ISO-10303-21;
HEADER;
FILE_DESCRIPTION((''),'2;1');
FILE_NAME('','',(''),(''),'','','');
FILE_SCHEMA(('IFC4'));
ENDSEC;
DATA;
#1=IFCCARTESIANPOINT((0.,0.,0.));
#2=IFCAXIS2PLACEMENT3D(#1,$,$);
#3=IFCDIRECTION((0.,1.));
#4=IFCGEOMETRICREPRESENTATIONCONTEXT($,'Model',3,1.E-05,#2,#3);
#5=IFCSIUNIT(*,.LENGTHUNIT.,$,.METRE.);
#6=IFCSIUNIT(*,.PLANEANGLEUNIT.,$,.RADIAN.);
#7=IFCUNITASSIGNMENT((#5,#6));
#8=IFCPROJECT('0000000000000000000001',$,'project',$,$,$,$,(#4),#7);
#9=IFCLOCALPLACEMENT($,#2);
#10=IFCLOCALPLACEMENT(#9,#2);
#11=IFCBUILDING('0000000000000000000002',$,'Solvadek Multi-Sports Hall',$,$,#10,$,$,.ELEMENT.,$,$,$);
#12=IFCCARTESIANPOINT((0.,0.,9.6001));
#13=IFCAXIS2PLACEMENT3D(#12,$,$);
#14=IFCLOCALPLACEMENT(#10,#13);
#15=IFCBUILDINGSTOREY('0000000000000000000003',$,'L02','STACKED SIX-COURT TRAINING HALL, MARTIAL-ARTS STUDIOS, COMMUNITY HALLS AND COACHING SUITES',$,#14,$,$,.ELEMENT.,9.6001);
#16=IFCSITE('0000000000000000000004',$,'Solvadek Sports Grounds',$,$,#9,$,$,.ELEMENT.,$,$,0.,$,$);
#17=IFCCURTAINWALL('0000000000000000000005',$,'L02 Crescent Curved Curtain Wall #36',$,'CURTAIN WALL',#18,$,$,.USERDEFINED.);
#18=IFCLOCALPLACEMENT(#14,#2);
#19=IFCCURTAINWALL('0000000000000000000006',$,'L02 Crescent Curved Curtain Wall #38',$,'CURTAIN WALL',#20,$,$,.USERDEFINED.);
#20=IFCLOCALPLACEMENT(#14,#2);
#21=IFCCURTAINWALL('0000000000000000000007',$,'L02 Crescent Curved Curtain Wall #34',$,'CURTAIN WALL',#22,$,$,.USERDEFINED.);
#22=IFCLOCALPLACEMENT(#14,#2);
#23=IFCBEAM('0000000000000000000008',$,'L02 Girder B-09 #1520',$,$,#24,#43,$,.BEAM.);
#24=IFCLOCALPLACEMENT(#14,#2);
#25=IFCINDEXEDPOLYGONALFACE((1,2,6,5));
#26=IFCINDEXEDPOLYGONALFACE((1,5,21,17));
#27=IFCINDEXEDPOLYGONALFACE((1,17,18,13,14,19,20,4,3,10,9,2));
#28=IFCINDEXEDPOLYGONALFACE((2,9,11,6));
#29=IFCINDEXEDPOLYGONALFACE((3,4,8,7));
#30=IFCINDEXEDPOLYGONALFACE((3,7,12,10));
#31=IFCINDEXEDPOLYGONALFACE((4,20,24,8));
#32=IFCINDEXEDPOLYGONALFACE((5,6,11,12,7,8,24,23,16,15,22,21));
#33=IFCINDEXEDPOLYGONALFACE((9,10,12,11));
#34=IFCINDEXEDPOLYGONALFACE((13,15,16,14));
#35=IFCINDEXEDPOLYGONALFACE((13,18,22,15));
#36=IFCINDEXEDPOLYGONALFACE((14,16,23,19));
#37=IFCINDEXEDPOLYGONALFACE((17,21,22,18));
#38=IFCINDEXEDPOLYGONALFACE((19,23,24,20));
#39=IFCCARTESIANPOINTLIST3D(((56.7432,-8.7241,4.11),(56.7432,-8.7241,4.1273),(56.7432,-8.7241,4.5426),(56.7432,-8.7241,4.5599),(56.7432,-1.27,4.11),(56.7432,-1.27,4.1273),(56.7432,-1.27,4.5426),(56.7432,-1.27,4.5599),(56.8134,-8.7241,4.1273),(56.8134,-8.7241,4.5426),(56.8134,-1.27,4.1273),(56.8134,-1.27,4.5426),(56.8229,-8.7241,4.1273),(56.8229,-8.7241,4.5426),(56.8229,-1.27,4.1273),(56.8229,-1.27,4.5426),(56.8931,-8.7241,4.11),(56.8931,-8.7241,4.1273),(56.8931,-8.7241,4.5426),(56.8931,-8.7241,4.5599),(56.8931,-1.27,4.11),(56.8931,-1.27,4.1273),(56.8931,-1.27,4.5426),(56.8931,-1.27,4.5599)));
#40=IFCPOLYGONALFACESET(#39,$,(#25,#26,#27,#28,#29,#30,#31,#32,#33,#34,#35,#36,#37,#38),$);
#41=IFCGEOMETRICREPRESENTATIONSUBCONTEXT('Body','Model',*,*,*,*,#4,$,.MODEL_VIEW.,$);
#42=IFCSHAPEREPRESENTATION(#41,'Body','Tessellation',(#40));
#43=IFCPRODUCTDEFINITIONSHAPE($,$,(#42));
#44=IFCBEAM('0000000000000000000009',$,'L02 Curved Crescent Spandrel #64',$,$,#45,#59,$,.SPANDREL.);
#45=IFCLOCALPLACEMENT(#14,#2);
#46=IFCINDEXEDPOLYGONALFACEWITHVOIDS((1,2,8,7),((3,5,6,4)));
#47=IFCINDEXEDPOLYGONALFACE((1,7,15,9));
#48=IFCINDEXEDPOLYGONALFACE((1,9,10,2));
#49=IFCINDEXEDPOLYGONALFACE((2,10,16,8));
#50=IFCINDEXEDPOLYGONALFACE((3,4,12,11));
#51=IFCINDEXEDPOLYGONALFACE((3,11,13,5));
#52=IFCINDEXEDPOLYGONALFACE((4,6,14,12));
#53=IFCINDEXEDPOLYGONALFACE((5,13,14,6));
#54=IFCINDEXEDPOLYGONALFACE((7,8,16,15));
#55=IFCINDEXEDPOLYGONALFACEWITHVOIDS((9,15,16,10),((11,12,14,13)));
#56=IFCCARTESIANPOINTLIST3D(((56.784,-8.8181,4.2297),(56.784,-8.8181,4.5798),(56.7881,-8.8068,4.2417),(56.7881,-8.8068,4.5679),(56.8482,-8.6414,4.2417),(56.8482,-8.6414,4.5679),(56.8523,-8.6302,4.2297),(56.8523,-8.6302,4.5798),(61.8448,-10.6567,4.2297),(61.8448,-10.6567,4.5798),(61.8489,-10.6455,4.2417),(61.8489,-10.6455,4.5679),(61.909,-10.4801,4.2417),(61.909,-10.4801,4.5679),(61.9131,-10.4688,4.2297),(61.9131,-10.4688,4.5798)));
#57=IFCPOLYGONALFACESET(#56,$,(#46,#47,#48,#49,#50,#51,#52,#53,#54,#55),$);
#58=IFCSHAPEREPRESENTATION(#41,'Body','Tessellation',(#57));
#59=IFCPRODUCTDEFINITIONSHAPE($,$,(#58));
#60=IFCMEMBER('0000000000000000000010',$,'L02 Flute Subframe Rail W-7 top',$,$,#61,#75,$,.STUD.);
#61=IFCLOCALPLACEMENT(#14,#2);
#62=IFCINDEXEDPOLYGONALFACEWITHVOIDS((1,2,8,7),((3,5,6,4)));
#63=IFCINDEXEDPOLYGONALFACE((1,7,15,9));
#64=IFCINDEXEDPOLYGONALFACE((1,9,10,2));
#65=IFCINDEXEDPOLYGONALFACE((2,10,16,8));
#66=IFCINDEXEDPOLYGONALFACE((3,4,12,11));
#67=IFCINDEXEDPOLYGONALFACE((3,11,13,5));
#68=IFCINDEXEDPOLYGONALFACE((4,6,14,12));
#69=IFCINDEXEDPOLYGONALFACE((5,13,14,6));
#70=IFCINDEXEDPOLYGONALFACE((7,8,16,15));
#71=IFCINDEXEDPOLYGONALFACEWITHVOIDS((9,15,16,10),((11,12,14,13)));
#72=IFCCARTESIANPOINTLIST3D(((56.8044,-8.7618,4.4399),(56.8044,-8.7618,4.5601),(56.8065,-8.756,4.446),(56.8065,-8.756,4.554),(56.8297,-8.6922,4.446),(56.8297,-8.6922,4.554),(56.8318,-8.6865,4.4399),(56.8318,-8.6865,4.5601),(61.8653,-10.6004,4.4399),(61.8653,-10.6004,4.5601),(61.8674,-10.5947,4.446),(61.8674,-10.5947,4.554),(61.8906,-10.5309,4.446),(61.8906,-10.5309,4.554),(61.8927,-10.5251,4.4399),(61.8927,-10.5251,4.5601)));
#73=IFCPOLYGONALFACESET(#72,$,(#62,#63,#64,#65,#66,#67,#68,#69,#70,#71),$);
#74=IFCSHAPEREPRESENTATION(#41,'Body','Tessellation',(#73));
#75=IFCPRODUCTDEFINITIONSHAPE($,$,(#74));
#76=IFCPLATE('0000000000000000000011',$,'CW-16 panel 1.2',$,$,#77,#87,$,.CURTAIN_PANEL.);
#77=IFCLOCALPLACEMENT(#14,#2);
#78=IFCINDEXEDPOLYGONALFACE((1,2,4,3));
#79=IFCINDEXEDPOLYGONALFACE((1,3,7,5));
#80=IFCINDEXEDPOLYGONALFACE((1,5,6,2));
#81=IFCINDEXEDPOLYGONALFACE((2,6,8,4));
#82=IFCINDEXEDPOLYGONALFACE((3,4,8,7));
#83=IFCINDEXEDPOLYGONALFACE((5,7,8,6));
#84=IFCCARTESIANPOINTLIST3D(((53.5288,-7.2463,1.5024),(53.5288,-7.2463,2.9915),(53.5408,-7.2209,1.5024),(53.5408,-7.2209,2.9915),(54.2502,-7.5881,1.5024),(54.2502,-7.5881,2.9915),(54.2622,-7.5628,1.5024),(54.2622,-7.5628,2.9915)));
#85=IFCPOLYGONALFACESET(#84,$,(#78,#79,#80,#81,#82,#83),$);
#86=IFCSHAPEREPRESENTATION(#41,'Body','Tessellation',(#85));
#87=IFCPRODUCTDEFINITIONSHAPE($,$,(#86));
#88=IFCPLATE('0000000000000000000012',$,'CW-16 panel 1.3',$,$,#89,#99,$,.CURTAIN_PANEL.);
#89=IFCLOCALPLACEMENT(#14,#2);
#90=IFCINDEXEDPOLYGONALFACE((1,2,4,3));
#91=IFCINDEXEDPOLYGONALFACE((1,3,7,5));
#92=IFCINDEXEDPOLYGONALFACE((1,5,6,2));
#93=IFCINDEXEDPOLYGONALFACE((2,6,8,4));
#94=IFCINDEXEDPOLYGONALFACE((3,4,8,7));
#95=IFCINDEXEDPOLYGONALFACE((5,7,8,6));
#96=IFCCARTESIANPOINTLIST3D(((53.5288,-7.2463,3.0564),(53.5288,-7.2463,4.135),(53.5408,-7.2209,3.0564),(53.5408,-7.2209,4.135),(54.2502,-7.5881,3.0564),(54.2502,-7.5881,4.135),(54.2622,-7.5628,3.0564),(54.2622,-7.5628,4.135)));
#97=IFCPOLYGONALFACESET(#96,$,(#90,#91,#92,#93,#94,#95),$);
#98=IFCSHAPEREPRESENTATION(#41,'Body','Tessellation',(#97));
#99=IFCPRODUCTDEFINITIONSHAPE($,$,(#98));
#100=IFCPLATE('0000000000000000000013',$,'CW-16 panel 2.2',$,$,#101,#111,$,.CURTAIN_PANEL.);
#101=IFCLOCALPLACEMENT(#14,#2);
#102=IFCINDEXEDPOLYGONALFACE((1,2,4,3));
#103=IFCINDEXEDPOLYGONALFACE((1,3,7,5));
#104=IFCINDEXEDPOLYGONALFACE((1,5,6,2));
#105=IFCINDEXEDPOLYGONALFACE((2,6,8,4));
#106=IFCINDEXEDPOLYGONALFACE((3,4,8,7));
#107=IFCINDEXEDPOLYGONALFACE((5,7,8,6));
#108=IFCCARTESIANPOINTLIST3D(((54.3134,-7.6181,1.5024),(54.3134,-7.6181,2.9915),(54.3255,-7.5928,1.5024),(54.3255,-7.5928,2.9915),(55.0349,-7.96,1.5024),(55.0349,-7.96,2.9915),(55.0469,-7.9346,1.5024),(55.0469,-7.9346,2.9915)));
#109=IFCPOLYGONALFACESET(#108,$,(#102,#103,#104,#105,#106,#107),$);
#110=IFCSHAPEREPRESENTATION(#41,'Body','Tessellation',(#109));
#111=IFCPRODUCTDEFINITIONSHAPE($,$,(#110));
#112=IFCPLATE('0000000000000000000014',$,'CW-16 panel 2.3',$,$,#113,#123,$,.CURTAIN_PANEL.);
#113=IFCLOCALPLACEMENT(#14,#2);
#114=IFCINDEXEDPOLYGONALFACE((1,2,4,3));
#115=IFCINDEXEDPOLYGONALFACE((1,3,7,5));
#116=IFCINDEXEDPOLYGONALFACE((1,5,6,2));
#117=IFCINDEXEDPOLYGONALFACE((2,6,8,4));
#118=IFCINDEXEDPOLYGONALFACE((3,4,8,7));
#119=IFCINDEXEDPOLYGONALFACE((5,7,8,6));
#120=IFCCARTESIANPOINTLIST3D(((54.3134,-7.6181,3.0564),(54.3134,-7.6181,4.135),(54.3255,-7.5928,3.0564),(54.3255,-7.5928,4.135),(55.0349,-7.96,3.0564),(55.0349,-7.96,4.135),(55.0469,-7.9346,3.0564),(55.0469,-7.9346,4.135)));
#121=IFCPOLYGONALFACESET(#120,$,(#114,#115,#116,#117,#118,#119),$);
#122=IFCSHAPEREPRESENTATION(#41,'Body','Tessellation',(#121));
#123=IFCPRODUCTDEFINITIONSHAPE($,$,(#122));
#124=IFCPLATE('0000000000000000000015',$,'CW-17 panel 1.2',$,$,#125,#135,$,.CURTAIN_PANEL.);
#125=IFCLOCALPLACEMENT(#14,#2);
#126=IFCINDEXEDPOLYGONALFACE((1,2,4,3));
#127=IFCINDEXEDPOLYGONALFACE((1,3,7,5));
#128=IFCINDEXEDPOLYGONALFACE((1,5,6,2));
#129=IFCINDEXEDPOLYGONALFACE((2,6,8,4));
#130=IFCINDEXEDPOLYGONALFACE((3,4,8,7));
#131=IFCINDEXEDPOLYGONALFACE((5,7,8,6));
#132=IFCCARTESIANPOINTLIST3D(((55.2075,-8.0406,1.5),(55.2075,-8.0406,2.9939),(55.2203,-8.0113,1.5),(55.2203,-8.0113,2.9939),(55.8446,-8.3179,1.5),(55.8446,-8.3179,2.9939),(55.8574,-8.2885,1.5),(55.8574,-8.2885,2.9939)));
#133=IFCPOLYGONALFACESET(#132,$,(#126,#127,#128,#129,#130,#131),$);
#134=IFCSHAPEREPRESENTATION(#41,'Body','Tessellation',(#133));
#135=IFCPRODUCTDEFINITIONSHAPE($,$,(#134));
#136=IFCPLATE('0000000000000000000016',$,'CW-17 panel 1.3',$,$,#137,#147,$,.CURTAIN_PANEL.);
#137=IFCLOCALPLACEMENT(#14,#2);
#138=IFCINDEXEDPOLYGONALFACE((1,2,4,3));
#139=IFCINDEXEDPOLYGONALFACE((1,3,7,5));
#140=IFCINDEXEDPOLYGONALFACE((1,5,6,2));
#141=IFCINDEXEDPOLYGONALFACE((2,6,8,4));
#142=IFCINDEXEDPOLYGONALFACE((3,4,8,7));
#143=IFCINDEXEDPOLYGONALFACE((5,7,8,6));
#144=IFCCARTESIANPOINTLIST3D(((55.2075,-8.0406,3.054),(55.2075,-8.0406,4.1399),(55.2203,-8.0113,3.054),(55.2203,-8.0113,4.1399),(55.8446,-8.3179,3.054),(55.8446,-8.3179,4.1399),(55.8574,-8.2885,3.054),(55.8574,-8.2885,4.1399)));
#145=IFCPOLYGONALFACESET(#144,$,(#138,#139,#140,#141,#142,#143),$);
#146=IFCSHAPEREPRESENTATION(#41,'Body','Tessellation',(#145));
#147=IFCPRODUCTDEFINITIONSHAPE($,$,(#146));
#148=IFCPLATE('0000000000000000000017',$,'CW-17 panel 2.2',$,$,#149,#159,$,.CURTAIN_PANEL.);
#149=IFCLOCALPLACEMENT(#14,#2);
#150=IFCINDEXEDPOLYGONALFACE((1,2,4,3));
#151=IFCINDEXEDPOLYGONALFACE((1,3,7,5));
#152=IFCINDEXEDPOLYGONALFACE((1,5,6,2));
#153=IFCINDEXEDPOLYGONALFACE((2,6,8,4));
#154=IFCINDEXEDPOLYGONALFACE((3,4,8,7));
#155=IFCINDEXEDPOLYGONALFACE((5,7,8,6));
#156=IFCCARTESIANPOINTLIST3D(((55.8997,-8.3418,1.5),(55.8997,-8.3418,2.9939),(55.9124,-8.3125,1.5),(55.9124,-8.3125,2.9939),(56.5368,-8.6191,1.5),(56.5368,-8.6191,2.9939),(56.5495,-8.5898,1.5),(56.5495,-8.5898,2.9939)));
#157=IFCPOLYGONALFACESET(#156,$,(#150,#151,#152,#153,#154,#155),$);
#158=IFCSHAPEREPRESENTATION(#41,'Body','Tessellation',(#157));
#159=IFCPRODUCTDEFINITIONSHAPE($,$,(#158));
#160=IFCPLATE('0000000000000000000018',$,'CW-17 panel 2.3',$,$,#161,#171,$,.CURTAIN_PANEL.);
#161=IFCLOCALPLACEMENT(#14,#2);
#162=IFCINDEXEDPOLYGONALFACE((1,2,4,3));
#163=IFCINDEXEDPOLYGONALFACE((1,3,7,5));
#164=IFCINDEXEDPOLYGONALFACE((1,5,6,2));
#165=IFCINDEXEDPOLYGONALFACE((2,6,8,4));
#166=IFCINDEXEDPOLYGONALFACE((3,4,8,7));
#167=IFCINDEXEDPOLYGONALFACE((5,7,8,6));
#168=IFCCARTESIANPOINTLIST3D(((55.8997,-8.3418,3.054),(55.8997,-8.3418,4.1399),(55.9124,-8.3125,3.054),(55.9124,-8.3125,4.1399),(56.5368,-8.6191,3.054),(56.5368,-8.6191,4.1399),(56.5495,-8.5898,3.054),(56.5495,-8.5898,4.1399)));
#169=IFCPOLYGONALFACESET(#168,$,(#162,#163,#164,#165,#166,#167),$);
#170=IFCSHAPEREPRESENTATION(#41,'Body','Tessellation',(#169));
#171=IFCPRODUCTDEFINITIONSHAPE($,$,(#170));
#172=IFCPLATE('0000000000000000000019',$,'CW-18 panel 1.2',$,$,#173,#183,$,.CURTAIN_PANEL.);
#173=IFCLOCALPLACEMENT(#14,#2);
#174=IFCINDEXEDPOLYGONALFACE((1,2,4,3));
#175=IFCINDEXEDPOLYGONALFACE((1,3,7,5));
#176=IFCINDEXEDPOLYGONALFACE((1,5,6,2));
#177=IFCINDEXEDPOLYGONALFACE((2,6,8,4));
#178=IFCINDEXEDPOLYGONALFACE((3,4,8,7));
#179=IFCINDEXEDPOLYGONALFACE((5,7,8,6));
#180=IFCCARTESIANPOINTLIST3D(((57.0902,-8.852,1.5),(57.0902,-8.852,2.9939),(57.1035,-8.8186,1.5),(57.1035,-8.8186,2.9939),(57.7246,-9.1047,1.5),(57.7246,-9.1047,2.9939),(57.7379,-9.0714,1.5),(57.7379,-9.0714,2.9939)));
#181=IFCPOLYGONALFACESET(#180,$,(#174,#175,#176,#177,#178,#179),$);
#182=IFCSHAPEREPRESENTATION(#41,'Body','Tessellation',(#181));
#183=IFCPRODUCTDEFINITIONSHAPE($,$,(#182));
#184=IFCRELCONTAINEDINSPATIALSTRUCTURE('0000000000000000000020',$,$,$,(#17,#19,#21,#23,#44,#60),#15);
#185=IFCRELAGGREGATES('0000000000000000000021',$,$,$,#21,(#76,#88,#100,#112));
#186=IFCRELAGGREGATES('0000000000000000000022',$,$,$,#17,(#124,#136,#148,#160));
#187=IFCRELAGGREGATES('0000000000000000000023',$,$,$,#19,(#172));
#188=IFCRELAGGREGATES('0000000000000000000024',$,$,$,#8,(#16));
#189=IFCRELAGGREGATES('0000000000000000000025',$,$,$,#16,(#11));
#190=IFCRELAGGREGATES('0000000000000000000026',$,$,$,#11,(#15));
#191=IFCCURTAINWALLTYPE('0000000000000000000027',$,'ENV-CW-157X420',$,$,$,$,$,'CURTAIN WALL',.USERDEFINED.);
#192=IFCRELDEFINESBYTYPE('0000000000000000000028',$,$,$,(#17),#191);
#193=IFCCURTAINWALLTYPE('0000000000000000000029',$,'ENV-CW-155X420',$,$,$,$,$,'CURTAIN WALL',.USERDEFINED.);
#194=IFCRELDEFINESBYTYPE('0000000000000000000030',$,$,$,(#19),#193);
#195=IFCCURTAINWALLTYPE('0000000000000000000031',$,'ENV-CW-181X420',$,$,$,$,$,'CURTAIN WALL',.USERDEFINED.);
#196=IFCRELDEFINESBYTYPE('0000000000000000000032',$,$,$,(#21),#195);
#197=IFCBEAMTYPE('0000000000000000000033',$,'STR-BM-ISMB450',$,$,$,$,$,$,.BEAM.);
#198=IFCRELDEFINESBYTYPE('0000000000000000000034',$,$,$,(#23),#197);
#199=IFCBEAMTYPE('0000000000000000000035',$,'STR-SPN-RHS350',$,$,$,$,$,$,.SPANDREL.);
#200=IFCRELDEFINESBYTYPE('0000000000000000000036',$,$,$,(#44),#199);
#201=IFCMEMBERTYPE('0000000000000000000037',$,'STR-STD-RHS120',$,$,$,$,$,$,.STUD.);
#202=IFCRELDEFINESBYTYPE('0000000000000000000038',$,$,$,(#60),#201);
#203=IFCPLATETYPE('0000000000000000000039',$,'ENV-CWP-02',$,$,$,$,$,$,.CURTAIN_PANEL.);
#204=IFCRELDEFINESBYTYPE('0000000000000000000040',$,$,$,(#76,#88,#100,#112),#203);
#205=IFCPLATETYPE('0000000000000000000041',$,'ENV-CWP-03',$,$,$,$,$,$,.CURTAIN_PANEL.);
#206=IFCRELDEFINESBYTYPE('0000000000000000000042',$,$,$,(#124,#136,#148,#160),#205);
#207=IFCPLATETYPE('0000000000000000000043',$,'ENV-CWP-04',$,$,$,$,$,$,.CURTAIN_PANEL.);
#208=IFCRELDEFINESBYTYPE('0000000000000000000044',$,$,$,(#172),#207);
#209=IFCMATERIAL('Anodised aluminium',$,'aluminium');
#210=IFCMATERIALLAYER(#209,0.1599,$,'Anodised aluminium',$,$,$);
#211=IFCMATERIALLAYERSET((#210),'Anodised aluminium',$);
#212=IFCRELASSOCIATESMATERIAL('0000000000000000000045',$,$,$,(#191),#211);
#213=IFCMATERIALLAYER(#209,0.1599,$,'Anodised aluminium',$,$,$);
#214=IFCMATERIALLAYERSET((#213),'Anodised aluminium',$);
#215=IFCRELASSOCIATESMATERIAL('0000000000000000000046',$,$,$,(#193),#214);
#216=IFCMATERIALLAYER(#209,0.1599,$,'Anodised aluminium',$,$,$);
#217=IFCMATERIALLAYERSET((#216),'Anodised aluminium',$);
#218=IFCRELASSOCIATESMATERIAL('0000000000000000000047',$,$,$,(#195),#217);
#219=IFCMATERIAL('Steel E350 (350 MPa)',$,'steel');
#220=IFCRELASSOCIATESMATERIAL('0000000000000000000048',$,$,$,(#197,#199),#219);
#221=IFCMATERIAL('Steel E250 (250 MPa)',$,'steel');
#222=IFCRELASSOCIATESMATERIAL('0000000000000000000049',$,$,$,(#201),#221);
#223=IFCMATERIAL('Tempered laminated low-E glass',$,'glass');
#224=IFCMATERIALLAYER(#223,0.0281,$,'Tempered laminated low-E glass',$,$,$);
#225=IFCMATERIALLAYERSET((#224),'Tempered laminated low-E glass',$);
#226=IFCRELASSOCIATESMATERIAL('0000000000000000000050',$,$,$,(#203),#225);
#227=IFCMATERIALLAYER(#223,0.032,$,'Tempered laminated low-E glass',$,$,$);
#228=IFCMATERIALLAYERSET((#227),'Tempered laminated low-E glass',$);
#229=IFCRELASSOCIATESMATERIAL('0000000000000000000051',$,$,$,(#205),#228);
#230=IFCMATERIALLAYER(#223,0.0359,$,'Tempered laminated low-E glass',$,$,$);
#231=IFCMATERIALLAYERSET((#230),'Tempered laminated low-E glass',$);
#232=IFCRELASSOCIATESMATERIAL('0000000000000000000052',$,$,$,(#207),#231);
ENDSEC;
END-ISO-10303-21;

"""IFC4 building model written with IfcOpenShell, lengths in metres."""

from ifc_helpers import new_model, si_unit, direction, frame, origin, origin_2d, place, context, subcontext, project, spatial, rectangle, hollow_rectangle, i_section, extrude, material, layer, layer_set, material_profile, profile_set, type_object, element, aggregate, save


model = new_model("IFC4")

# Units and contexts
model_context = context("Model", 3, precision=1e-05, world=origin(), true_north=direction((0.0, 1.0)))
body_context = subcontext(model_context, "Body", "Model", "MODEL_VIEW")
ifc_project = project(units=[si_unit("LENGTHUNIT", "METRE"), si_unit("PLANEANGLEUNIT", "RADIAN")], contexts=[model_context])

# Site, building, storey
site_placement = place(None, origin())
site = spatial("IfcSite", under=ifc_project, at=site_placement, Name="Solvadek Sports Grounds", CompositionType="ELEMENT", RefElevation=0.0)
building_placement = place(site_placement, origin())
building = spatial("IfcBuilding", under=site, at=building_placement, Name="Solvadek Multi-Sports Hall", CompositionType="ELEMENT")
storey_placement = place(building_placement, frame((0.0, 0.0, 9.6001)))
storey = spatial("IfcBuildingStorey", under=building, at=storey_placement, Name="L02", Description="STACKED SIX-COURT TRAINING HALL, MARTIAL-ARTS STUDIOS, COMMUNITY HALLS AND COACHING SUITES", CompositionType="ELEMENT", Elevation=9.6001)

# Curtain walls
ifc_material_1 = material(Name="Anodised aluminium", Category="aluminium")
ifc_layer_1 = layer(ifc_material_1, 0.1599, Name="Anodised aluminium")
ifc_layer_set_1 = layer_set([ifc_layer_1], Name="Anodised aluminium")
curtain_wall_type_1 = type_object("IfcCurtainWallType", Name="ENV-CW-157X420", ElementType="CURTAIN WALL", PredefinedType="USERDEFINED", material=ifc_layer_set_1)
curtain_wall_1_placement = place(storey_placement, origin())
curtain_wall_1 = element("IfcCurtainWall", 1, at=curtain_wall_1_placement, inside=storey, type_object=curtain_wall_type_1, Name="L02 Crescent Curved Curtain Wall #36", ObjectType="CURTAIN WALL", PredefinedType="USERDEFINED")
ifc_layer_2 = layer(ifc_material_1, 0.1599, Name="Anodised aluminium")
ifc_layer_set_2 = layer_set([ifc_layer_2], Name="Anodised aluminium")
curtain_wall_type_2 = type_object("IfcCurtainWallType", Name="ENV-CW-155X420", ElementType="CURTAIN WALL", PredefinedType="USERDEFINED", material=ifc_layer_set_2)
curtain_wall_2_placement = place(storey_placement, origin())
curtain_wall_2 = element("IfcCurtainWall", 2, at=curtain_wall_2_placement, inside=storey, type_object=curtain_wall_type_2, Name="L02 Crescent Curved Curtain Wall #38", ObjectType="CURTAIN WALL", PredefinedType="USERDEFINED")
ifc_layer_3 = layer(ifc_material_1, 0.1599, Name="Anodised aluminium")
ifc_layer_set_3 = layer_set([ifc_layer_3], Name="Anodised aluminium")
curtain_wall_type_3 = type_object("IfcCurtainWallType", Name="ENV-CW-181X420", ElementType="CURTAIN WALL", PredefinedType="USERDEFINED", material=ifc_layer_set_3)
curtain_wall_3_placement = place(storey_placement, origin())
curtain_wall_3 = element("IfcCurtainWall", 3, at=curtain_wall_3_placement, inside=storey, type_object=curtain_wall_type_3, Name="L02 Crescent Curved Curtain Wall #34", ObjectType="CURTAIN WALL", PredefinedType="USERDEFINED")

# Beams
ifc_material_2 = material(Name="Steel E350 (350 MPa)", Category="steel")
ifc_material_profile_1 = material_profile(ifc_material_2, i_section(OverallWidth=0.1499, OverallDepth=0.45, WebThickness=0.0095, FlangeThickness=0.0173, at=origin_2d()), Name="ISMB 450")
ifc_profile_set_1 = profile_set([ifc_material_profile_1], Name="Steel E350 (350 MPa)")
beam_type_1 = type_object("IfcBeamType", Name="STR-BM-ISMB450", PredefinedType="BEAM", material=ifc_profile_set_1)
beam_1_placement = place(storey_placement, frame((56.8181, -8.7241, 4.335), z_axis=(0.0, 1.0, 0.0), x_axis=(-1.0, 0.0, 0.0)))
element("IfcBeam", 4, at=beam_1_placement, inside=storey, type_object=beam_type_1, Name="L02 Girder B-09 #1520", PredefinedType="BEAM", context=body_context, shape_type="SweptSolid", body=[
    extrude(i_section(OverallWidth=0.1499, OverallDepth=0.45, WebThickness=0.0095, FlangeThickness=0.0173, at=origin_2d()), origin(), (0.0, 0.0, 1.0), 7.4541),
])
ifc_material_profile_2 = material_profile(ifc_material_2, hollow_rectangle(XDim=0.2, YDim=0.3501, WallThickness=0.012, at=origin_2d()), Name="RHS 350x200x12")
ifc_profile_set_2 = profile_set([ifc_material_profile_2], Name="Steel E350 (350 MPa)")
beam_type_2 = type_object("IfcBeamType", Name="STR-SPN-RHS350", PredefinedType="SPANDREL", material=ifc_profile_set_2)
beam_2_placement = place(storey_placement, frame((56.8181, -8.7241, 4.4048), z_axis=(0.939893, -0.34147, 0.0), x_axis=(0.34147, 0.939893, 0.0)))
element("IfcBeam", 5, at=beam_2_placement, inside=storey, type_object=beam_type_2, Name="L02 Curved Crescent Spandrel #64", PredefinedType="SPANDREL", context=body_context, shape_type="SweptSolid", body=[
    extrude(hollow_rectangle(XDim=0.2, YDim=0.3501, WallThickness=0.012, at=origin_2d()), origin(), (0.0, 0.0, 1.0), 5.3845),
])

# Member
ifc_material_3 = material(Name="Steel E250 (250 MPa)", Category="steel")
ifc_material_profile_3 = material_profile(ifc_material_3, hollow_rectangle(XDim=0.0801, YDim=0.1201, WallThickness=0.0061, at=origin_2d()), Name="RHS 120x80x6")
ifc_profile_set_3 = profile_set([ifc_material_profile_3], Name="Steel E250 (250 MPa)")
member_type_1 = type_object("IfcMemberType", Name="STR-STD-RHS120", PredefinedType="STUD", material=ifc_profile_set_3)
member_1_placement = place(storey_placement, frame((56.8181, -8.7241, 4.5), z_axis=(0.939893, -0.34147, 0.0), x_axis=(0.34147, 0.939893, 0.0)))
element("IfcMember", 6, at=member_1_placement, inside=storey, type_object=member_type_1, Name="L02 Flute Subframe Rail W-7 top", PredefinedType="STUD", context=body_context, shape_type="SweptSolid", body=[
    extrude(hollow_rectangle(XDim=0.0801, YDim=0.1201, WallThickness=0.0061, at=origin_2d()), origin(), (0.0, 0.0, 1.0), 5.3845),
])

# Plates
ifc_material_4 = material(Name="Tempered laminated low-E glass", Category="glass")
ifc_layer_4 = layer(ifc_material_4, 0.0281, Name="Tempered laminated low-E glass")
ifc_layer_set_4 = layer_set([ifc_layer_4], Name="Tempered laminated low-E glass")
plate_type_1 = type_object("IfcPlateType", Name="ENV-CWP-02", PredefinedType="CURTAIN_PANEL", material=ifc_layer_set_4)
plate_1_placement = place(storey_placement, frame((53.8955, -7.4045, 1.5024), z_axis=(0.0, 0.0, 1.0), x_axis=(0.903703, -0.42816, 0.0)))
plate_1 = element("IfcPlate", 7, at=plate_1_placement, type_object=plate_type_1, Name="CW-16 panel 1.2", PredefinedType="CURTAIN_PANEL", context=body_context, shape_type="SweptSolid", body=[
    extrude(rectangle(XDim=0.7983, YDim=0.0281, at=origin_2d()), origin(), (0.0, 0.0, 1.0), 1.489),
])
plate_2_placement = place(storey_placement, frame((53.8955, -7.4045, 3.0564), z_axis=(0.0, 0.0, 1.0), x_axis=(0.903703, -0.42816, 0.0)))
plate_2 = element("IfcPlate", 8, at=plate_2_placement, type_object=plate_type_1, Name="CW-16 panel 1.3", PredefinedType="CURTAIN_PANEL", context=body_context, shape_type="SweptSolid", body=[
    extrude(rectangle(XDim=0.7983, YDim=0.0281, at=origin_2d()), origin(), (0.0, 0.0, 1.0), 1.0786),
])
plate_3_placement = place(storey_placement, frame((54.6802, -7.7764, 1.5024), z_axis=(0.0, 0.0, 1.0), x_axis=(0.903703, -0.42816, 0.0)))
plate_3 = element("IfcPlate", 9, at=plate_3_placement, type_object=plate_type_1, Name="CW-16 panel 2.2", PredefinedType="CURTAIN_PANEL", context=body_context, shape_type="SweptSolid", body=[
    extrude(rectangle(XDim=0.7983, YDim=0.0281, at=origin_2d()), origin(), (0.0, 0.0, 1.0), 1.489),
])
plate_4_placement = place(storey_placement, frame((54.6802, -7.7764, 3.0564), z_axis=(0.0, 0.0, 1.0), x_axis=(0.903703, -0.42816, 0.0)))
plate_4 = element("IfcPlate", 10, at=plate_4_placement, type_object=plate_type_1, Name="CW-16 panel 2.3", PredefinedType="CURTAIN_PANEL", context=body_context, shape_type="SweptSolid", body=[
    extrude(rectangle(XDim=0.7983, YDim=0.0281, at=origin_2d()), origin(), (0.0, 0.0, 1.0), 1.0786),
])
aggregate(curtain_wall_3, [plate_1, plate_2, plate_3, plate_4])
ifc_layer_5 = layer(ifc_material_4, 0.032, Name="Tempered laminated low-E glass")
ifc_layer_set_5 = layer_set([ifc_layer_5], Name="Tempered laminated low-E glass")
plate_type_2 = type_object("IfcPlateType", Name="ENV-CWP-03", PredefinedType="CURTAIN_PANEL", material=ifc_layer_set_5)
plate_5_placement = place(storey_placement, frame((55.5325, -8.1646, 1.5), z_axis=(0.0, 0.0, 1.0), x_axis=(0.916926, -0.399057, 0.0)))
plate_5 = element("IfcPlate", 11, at=plate_5_placement, type_object=plate_type_2, Name="CW-17 panel 1.2", PredefinedType="CURTAIN_PANEL", context=body_context, shape_type="SweptSolid", body=[
    extrude(rectangle(XDim=0.6948, YDim=0.032, at=origin_2d()), origin(), (0.0, 0.0, 1.0), 1.4939),
])
plate_6_placement = place(storey_placement, frame((55.5325, -8.1646, 3.054), z_axis=(0.0, 0.0, 1.0), x_axis=(0.916926, -0.399057, 0.0)))
plate_6 = element("IfcPlate", 12, at=plate_6_placement, type_object=plate_type_2, Name="CW-17 panel 1.3", PredefinedType="CURTAIN_PANEL", context=body_context, shape_type="SweptSolid", body=[
    extrude(rectangle(XDim=0.6948, YDim=0.032, at=origin_2d()), origin(), (0.0, 0.0, 1.0), 1.0859),
])
plate_7_placement = place(storey_placement, frame((56.2246, -8.4658, 1.5), z_axis=(0.0, 0.0, 1.0), x_axis=(0.916926, -0.399057, 0.0)))
plate_7 = element("IfcPlate", 13, at=plate_7_placement, type_object=plate_type_2, Name="CW-17 panel 2.2", PredefinedType="CURTAIN_PANEL", context=body_context, shape_type="SweptSolid", body=[
    extrude(rectangle(XDim=0.6948, YDim=0.032, at=origin_2d()), origin(), (0.0, 0.0, 1.0), 1.4939),
])
plate_8_placement = place(storey_placement, frame((56.2246, -8.4658, 3.054), z_axis=(0.0, 0.0, 1.0), x_axis=(0.916926, -0.399057, 0.0)))
plate_8 = element("IfcPlate", 14, at=plate_8_placement, type_object=plate_type_2, Name="CW-17 panel 2.3", PredefinedType="CURTAIN_PANEL", context=body_context, shape_type="SweptSolid", body=[
    extrude(rectangle(XDim=0.6948, YDim=0.032, at=origin_2d()), origin(), (0.0, 0.0, 1.0), 1.0859),
])
aggregate(curtain_wall_1, [plate_5, plate_6, plate_7, plate_8])
ifc_layer_6 = layer(ifc_material_4, 0.0359, Name="Tempered laminated low-E glass")
ifc_layer_set_6 = layer_set([ifc_layer_6], Name="Tempered laminated low-E glass")
plate_type_3 = type_object("IfcPlateType", Name="ENV-CWP-04", PredefinedType="CURTAIN_PANEL", material=ifc_layer_set_6)
plate_9_placement = place(storey_placement, frame((57.4141, -8.9617, 1.5), z_axis=(0.0, 0.0, 1.0), x_axis=(0.928967, -0.370163, 0.0)))
plate_9 = element("IfcPlate", 15, at=plate_9_placement, type_object=plate_type_3, Name="CW-18 panel 1.2", PredefinedType="CURTAIN_PANEL", context=body_context, shape_type="SweptSolid", body=[
    extrude(rectangle(XDim=0.6829, YDim=0.0359, at=origin_2d()), origin(), (0.0, 0.0, 1.0), 1.4939),
])
aggregate(curtain_wall_2, [plate_9])

save(model, "model.ifc")
